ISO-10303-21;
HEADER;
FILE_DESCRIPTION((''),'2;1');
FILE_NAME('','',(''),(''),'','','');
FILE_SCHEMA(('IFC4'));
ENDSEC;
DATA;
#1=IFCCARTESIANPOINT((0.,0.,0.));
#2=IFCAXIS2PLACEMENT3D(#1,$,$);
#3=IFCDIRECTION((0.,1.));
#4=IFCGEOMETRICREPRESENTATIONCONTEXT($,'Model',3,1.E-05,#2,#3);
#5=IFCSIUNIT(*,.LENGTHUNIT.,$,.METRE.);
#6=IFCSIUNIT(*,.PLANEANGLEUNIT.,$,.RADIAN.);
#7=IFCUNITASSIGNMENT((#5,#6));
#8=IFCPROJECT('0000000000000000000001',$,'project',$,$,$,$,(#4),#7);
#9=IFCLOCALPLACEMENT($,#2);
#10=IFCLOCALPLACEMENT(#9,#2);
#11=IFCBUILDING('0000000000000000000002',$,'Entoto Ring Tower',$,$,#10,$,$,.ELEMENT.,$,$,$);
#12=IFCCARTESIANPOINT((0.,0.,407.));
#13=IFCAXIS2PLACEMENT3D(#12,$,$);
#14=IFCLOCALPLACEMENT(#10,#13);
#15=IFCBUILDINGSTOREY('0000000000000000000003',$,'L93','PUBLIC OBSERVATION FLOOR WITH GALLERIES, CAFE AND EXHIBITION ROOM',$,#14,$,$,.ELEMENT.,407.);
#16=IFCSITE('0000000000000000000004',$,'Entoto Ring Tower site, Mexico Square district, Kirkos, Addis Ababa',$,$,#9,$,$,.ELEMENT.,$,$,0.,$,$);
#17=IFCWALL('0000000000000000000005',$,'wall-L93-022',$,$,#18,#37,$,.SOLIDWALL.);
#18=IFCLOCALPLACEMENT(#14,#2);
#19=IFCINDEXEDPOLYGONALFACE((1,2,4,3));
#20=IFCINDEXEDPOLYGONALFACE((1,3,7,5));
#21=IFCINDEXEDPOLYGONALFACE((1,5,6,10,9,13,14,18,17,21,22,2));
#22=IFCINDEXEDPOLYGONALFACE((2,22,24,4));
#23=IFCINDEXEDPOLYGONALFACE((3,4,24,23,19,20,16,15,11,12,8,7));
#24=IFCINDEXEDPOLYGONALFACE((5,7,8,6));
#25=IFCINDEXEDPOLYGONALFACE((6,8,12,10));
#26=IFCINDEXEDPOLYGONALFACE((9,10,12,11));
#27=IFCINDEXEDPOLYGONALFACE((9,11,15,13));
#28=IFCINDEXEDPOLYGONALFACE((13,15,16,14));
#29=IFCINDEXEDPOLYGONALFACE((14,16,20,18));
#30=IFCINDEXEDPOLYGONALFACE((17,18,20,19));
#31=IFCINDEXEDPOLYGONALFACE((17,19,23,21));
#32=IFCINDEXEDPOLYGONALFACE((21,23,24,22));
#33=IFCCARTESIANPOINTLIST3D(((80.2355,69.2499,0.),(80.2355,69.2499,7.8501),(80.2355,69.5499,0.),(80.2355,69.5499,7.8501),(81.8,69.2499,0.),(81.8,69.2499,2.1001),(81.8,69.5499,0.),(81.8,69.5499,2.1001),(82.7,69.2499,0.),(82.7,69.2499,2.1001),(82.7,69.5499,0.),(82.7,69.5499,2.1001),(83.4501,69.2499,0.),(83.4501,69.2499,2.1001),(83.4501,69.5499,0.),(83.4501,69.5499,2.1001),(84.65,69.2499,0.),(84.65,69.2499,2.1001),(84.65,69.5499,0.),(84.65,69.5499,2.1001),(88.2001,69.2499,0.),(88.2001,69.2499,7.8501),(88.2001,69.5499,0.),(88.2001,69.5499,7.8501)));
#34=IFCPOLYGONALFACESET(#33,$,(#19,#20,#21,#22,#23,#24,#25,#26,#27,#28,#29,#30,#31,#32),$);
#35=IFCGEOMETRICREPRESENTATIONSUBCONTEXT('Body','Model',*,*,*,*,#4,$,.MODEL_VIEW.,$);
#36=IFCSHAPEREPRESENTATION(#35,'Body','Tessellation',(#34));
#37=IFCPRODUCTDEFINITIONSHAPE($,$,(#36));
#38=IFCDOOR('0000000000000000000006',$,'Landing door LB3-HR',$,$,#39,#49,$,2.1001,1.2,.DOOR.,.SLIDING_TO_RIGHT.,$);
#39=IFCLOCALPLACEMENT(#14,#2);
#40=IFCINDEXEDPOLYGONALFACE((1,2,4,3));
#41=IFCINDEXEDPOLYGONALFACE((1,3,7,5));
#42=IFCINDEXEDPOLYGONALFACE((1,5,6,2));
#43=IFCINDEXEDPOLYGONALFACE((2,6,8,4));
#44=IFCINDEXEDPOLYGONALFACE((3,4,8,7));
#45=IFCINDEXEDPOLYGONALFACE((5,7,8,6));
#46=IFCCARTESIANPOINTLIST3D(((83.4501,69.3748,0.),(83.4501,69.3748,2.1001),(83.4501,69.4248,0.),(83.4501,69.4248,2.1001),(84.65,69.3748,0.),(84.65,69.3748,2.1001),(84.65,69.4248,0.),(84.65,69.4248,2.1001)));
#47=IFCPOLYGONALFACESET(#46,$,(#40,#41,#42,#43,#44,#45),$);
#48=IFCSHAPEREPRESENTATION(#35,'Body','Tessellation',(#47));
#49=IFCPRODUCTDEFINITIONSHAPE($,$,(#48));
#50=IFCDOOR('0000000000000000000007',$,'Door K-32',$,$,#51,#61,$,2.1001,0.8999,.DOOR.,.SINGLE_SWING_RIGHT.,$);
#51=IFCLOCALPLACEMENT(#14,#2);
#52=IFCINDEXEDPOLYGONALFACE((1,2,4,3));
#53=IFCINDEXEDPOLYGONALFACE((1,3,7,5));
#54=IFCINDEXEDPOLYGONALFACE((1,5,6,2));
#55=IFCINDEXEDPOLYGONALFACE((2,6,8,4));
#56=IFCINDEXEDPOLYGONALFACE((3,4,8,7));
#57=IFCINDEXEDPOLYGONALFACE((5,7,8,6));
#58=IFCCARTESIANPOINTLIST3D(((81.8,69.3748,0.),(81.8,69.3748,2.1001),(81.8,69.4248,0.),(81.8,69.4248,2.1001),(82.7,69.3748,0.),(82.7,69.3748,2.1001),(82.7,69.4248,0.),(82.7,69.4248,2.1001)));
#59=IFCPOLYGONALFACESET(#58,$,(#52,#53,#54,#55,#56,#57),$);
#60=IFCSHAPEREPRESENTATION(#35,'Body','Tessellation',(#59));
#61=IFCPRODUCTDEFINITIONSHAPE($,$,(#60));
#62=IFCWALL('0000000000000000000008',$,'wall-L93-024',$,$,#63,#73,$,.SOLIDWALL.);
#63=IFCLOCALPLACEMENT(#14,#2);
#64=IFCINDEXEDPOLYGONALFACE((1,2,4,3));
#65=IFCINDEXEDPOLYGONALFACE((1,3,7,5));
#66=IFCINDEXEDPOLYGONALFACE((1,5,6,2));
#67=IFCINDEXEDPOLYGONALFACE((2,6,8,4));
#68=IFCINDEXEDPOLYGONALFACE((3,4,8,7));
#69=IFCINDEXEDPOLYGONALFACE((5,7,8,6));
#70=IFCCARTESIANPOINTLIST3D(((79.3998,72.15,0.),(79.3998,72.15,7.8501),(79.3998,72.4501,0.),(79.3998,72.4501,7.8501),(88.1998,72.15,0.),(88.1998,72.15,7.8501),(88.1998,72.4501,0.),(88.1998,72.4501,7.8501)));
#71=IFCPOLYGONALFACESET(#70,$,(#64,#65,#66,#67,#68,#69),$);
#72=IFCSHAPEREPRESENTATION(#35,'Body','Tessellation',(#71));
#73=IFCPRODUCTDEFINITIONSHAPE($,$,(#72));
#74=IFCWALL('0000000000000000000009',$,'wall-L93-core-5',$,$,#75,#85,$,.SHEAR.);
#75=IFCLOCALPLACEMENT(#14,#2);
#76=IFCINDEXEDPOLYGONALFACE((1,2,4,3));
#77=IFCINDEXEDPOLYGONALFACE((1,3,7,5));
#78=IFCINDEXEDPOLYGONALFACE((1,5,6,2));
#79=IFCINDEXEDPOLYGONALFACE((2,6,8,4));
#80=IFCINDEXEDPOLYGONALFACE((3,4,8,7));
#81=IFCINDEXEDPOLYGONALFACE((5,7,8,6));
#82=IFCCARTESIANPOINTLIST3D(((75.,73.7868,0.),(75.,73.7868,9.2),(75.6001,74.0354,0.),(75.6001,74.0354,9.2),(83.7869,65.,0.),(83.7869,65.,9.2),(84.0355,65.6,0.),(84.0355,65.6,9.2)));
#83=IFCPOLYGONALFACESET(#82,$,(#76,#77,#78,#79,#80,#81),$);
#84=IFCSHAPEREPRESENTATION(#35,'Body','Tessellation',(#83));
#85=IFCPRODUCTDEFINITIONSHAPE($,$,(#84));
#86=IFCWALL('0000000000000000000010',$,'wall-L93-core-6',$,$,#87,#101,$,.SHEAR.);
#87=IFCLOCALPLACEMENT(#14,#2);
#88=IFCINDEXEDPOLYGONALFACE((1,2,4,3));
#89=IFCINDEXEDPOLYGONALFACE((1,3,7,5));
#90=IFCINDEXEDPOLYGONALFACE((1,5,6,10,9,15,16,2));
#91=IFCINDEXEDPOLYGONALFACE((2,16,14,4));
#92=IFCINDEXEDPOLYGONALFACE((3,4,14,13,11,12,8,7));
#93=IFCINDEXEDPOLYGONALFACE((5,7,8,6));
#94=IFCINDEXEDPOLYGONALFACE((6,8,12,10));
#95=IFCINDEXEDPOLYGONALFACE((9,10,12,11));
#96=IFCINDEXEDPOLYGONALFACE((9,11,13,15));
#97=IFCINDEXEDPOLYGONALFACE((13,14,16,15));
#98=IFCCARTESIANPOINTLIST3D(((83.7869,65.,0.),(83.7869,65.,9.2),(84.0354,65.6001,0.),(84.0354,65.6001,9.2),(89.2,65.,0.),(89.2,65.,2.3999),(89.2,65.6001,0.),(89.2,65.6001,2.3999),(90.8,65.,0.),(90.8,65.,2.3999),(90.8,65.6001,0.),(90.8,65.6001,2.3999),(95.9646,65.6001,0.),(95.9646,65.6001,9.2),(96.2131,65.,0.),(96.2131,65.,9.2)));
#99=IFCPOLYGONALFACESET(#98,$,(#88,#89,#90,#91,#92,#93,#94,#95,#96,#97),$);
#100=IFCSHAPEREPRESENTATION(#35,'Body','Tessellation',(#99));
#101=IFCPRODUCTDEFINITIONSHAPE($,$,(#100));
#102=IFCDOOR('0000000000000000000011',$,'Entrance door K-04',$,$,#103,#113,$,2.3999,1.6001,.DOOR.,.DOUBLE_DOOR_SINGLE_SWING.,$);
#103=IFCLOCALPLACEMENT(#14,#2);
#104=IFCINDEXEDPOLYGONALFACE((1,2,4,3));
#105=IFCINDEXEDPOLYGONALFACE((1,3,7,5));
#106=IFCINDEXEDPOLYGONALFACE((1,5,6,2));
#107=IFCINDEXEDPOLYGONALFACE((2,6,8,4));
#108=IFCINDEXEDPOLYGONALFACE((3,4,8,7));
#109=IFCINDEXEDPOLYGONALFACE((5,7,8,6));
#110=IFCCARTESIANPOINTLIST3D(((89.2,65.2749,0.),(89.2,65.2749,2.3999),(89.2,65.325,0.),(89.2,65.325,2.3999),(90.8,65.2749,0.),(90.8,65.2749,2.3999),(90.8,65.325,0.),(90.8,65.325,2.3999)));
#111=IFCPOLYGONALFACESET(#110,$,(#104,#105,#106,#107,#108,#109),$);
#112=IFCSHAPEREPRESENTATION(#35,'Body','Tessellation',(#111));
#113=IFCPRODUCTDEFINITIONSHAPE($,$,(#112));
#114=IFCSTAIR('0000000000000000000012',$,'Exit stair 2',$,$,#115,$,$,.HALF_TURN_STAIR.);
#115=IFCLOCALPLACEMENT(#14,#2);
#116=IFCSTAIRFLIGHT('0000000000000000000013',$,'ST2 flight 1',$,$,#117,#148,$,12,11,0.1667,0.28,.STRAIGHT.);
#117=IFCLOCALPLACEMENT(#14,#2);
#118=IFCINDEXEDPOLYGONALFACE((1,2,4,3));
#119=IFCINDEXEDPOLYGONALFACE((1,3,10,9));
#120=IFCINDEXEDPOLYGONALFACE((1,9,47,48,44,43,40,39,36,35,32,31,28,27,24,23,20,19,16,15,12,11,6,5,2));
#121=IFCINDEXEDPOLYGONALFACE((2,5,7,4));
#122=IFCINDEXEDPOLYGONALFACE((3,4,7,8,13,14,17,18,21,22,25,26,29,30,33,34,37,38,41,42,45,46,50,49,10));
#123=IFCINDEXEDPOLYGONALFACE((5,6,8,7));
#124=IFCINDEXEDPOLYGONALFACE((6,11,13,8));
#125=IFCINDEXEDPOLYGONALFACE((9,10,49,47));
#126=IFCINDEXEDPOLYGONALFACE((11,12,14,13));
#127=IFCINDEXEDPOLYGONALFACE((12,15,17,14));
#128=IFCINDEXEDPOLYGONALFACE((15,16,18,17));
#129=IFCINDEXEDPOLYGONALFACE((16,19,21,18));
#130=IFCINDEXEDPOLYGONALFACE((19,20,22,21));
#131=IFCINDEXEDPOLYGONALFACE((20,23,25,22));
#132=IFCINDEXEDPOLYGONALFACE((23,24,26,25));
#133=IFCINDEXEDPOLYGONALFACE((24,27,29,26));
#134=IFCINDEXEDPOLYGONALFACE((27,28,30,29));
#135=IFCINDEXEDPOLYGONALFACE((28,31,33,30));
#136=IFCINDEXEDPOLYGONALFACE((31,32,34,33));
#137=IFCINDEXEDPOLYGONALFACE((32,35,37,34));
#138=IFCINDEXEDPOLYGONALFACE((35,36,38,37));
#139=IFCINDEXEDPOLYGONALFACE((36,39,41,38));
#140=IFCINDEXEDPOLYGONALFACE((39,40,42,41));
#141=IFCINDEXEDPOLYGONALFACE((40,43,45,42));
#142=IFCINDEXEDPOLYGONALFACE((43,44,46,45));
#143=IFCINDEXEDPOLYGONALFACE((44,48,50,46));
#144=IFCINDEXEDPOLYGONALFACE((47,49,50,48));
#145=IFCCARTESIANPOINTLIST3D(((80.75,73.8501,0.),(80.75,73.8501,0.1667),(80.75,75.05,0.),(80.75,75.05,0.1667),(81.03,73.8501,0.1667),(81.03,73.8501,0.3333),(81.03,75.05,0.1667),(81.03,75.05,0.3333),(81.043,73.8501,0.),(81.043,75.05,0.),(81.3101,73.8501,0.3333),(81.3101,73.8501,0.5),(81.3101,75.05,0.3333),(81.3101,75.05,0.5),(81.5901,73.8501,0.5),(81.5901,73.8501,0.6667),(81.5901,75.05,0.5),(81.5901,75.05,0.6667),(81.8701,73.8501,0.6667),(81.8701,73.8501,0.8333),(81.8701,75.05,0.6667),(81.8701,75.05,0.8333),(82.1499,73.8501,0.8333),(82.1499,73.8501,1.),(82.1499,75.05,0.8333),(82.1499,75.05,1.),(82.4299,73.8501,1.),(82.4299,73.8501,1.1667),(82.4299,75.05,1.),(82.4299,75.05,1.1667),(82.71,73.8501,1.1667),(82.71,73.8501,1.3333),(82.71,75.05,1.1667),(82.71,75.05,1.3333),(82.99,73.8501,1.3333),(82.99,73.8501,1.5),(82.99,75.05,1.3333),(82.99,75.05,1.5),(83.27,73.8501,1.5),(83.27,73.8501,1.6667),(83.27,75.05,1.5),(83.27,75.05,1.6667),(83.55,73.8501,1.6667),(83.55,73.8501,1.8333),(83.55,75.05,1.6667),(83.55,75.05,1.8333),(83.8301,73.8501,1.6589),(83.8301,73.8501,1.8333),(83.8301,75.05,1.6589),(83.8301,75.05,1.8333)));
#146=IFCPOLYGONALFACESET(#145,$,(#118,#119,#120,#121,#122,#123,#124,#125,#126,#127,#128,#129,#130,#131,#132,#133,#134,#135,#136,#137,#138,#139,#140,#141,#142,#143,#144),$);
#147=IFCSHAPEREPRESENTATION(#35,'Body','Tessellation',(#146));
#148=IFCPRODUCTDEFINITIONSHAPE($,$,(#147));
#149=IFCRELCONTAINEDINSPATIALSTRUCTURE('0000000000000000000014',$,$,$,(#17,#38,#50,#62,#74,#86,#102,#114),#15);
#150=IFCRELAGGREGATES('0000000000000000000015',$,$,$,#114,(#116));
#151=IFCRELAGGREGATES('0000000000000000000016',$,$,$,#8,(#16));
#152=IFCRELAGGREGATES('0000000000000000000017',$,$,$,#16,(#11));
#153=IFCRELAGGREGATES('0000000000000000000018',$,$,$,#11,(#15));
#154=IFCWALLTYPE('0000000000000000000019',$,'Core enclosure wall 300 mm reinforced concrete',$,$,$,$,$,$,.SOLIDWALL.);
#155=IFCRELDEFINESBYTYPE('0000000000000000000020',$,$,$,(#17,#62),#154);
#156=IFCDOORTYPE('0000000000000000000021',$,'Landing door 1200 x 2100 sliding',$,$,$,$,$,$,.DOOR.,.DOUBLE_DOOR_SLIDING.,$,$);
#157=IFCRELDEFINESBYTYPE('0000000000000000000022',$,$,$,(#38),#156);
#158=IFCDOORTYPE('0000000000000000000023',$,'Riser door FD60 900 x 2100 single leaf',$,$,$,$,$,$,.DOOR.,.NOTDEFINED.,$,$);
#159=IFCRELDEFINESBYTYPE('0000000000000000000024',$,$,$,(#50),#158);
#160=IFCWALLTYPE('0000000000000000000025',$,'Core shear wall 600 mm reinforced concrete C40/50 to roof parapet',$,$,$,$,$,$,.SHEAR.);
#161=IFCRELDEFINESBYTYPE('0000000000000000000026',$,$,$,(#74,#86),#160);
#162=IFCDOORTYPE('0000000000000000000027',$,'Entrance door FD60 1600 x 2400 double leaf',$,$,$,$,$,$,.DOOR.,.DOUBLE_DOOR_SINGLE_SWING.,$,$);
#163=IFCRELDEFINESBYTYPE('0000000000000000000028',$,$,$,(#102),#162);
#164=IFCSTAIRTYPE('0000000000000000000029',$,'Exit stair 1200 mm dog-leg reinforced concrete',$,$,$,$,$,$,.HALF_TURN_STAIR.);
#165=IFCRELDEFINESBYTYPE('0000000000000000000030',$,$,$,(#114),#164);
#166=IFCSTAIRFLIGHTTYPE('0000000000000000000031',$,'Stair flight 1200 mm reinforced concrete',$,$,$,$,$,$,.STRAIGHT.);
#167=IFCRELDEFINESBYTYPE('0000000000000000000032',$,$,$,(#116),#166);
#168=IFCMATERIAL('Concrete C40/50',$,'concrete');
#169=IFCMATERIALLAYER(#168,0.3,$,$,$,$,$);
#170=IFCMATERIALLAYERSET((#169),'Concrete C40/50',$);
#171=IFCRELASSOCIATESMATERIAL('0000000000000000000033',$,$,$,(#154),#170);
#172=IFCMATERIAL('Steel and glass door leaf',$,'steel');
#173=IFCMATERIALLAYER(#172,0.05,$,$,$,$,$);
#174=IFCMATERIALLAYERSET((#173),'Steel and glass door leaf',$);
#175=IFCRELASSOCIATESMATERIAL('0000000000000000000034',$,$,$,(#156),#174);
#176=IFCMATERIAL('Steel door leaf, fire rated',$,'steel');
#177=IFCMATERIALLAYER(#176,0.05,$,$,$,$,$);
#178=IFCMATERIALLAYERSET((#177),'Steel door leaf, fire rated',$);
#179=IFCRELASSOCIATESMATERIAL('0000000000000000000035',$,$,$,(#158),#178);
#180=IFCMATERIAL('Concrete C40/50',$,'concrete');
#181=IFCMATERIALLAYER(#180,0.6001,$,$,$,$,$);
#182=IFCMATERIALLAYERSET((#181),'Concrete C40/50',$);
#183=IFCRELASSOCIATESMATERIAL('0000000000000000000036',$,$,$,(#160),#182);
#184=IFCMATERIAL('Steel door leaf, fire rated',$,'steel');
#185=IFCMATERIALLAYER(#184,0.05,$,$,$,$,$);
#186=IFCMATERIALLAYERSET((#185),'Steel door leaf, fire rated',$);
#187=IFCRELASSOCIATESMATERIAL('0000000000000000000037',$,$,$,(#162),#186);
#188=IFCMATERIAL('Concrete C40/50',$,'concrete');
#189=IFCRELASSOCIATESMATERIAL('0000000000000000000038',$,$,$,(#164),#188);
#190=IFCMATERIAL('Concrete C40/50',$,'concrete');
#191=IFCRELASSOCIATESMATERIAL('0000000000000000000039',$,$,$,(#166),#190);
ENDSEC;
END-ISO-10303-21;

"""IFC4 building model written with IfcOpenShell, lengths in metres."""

from ifc_helpers import new_model, si_unit, direction, frame, frame_2d, origin, place, context, subcontext, project, spatial, polyline, rectangle, outline, extrude, material, layer, layer_set, type_object, element, fill, aggregate, save


model = new_model("IFC4")

# Units and contexts
model_context = context("Model", 3, precision=1e-05, world=origin(), true_north=direction((0.0, 1.0)))
body_context = subcontext(model_context, "Body", "Model", "MODEL_VIEW")
ifc_project = project(units=[si_unit("LENGTHUNIT", "METRE"), si_unit("PLANEANGLEUNIT", "RADIAN")], contexts=[model_context])

# Site, building, storey
site_placement = place(None, origin())
site = spatial("IfcSite", under=ifc_project, at=site_placement, Name="Entoto Ring Tower site, Mexico Square district, Kirkos, Addis Ababa", CompositionType="ELEMENT", RefElevation=0.0)
building_placement = place(site_placement, origin())
building = spatial("IfcBuilding", under=site, at=building_placement, Name="Entoto Ring Tower", CompositionType="ELEMENT")
storey_placement = place(building_placement, frame((0.0, 0.0, 407.0)))
storey = spatial("IfcBuildingStorey", under=building, at=storey_placement, Name="L93", Description="PUBLIC OBSERVATION FLOOR WITH GALLERIES, CAFE AND EXHIBITION ROOM", CompositionType="ELEMENT", Elevation=407.0)

# Shared definitions
ifc_material_1 = material(Name="Concrete C40/50", Category="concrete")
ifc_layer_1 = layer(ifc_material_1, 0.3)
ifc_layer_set_1 = layer_set([ifc_layer_1], Name="Concrete C40/50")
wall_type_1 = type_object("IfcWallType", Name="Core enclosure wall 300 mm reinforced concrete", PredefinedType="SOLIDWALL", material=ifc_layer_set_1)

# Wall, openings, doors
wall_1_placement = place(storey_placement, frame((80.2354, 69.3999, 0.0), z_axis=(0.0, 0.0, 1.0), x_axis=(1.0, 0.0, 0.0)))
wall_1 = element("IfcWall", 1, at=wall_1_placement, inside=storey, type_object=wall_type_1, Name="wall-L93-022", PredefinedType="SOLIDWALL", context=body_context, shape_type="SweptSolid", body=[
    extrude(rectangle(XDim=7.9646, YDim=0.3, at=frame_2d((3.9824, 0.0))), origin(), (0.0, 0.0, 1.0), 7.8501),
])
opening_1_placement = place(wall_1_placement, frame((3.2146, 0.0, 0.0)))
opening_1 = element("IfcOpeningElement", 2, at=opening_1_placement, cuts=wall_1, PredefinedType="OPENING", context=body_context, shape_type="SweptSolid", body=[
    extrude(rectangle(XDim=1.2, YDim=2.1001, at=frame_2d((0.6001, 1.05))), frame((0.0, 0.1602, 0.0), z_axis=(0.0, -1.0, 0.0), x_axis=(1.0, 0.0, 0.0)), (0.0, 0.0, 1.0), 0.3201),
])
opening_2_placement = place(wall_1_placement, frame((1.5647, 0.0, 0.0)))
opening_2 = element("IfcOpeningElement", 3, at=opening_2_placement, cuts=wall_1, PredefinedType="OPENING", context=body_context, shape_type="SweptSolid", body=[
    extrude(rectangle(XDim=0.8999, YDim=2.1001, at=frame_2d((0.45, 1.05))), frame((0.0, 0.1602, 0.0), z_axis=(0.0, -1.0, 0.0), x_axis=(1.0, 0.0, 0.0)), (0.0, 0.0, 1.0), 0.3201),
])
ifc_material_2 = material(Name="Steel and glass door leaf", Category="steel")
ifc_layer_2 = layer(ifc_material_2, 0.05)
ifc_layer_set_2 = layer_set([ifc_layer_2], Name="Steel and glass door leaf")
door_type_1 = type_object("IfcDoorType", Name="Landing door 1200 x 2100 sliding", OperationType="DOUBLE_DOOR_SLIDING", PredefinedType="DOOR", material=ifc_layer_set_2)
door_1_placement = place(opening_1_placement, origin())
door_1 = element("IfcDoor", 4, at=door_1_placement, inside=storey, type_object=door_type_1, Name="Landing door LB3-HR", OperationType="SLIDING_TO_RIGHT", OverallHeight=2.1001, OverallWidth=1.2, PredefinedType="DOOR", context=body_context, shape_type="SweptSolid", body=[
    extrude(rectangle(XDim=1.2, YDim=2.1001, at=frame_2d((0.6001, 1.05))), frame((0.0, 0.0249, 0.0), z_axis=(0.0, -1.0, 0.0), x_axis=(1.0, 0.0, 0.0)), (0.0, 0.0, 1.0), 0.05),
])
fill(opening_1, door_1)
ifc_material_3 = material(Name="Steel door leaf, fire rated", Category="steel")
ifc_layer_3 = layer(ifc_material_3, 0.05)
ifc_layer_set_3 = layer_set([ifc_layer_3], Name="Steel door leaf, fire rated")
door_type_2 = type_object("IfcDoorType", Name="Riser door FD60 900 x 2100 single leaf", OperationType="NOTDEFINED", PredefinedType="DOOR", material=ifc_layer_set_3)
door_2_placement = place(opening_2_placement, origin())
door_2 = element("IfcDoor", 5, at=door_2_placement, inside=storey, type_object=door_type_2, Name="Door K-32", OperationType="SINGLE_SWING_RIGHT", OverallHeight=2.1001, OverallWidth=0.8999, PredefinedType="DOOR", context=body_context, shape_type="SweptSolid", body=[
    extrude(rectangle(XDim=0.8999, YDim=2.1001, at=frame_2d((0.45, 1.05))), frame((0.0, 0.0249, 0.0), z_axis=(0.0, -1.0, 0.0), x_axis=(1.0, 0.0, 0.0)), (0.0, 0.0, 1.0), 0.05),
])
fill(opening_2, door_2)

# Walls
wall_2_placement = place(storey_placement, frame((79.3999, 72.3, 0.0), z_axis=(0.0, 0.0, 1.0), x_axis=(1.0, 0.0, 0.0)))
element("IfcWall", 6, at=wall_2_placement, inside=storey, type_object=wall_type_1, Name="wall-L93-024", PredefinedType="SOLIDWALL", context=body_context, shape_type="SweptSolid", body=[
    extrude(rectangle(XDim=8.8, YDim=0.3, at=frame_2d((4.3999, 0.0))), origin(), (0.0, 0.0, 1.0), 7.8501),
])
ifc_material_4 = material(Name="Concrete C40/50", Category="concrete")
ifc_layer_4 = layer(ifc_material_4, 0.6001)
ifc_layer_set_4 = layer_set([ifc_layer_4], Name="Concrete C40/50")
wall_type_2 = type_object("IfcWallType", Name="Core shear wall 600 mm reinforced concrete C40/50 to roof parapet", PredefinedType="SHEAR", material=ifc_layer_set_4)
wall_3_placement = place(storey_placement, frame((75.3, 73.9111, 0.0), z_axis=(0.0, 0.0, 1.0), x_axis=(0.707107, -0.707107, 0.0)))
element("IfcWall", 7, at=wall_3_placement, inside=storey, type_object=wall_type_2, Name="wall-L93-core-5", PredefinedType="SHEAR", context=body_context, shape_type="SweptSolid", body=[
    extrude(outline(polyline([(-0.1243, -0.3), (12.3022, -0.3), (12.0537, 0.3), (0.1243, 0.3), (-0.1243, -0.3)])), origin(), (0.0, 0.0, 1.0), 9.2),
])

# Wall, opening, door
wall_4_placement = place(storey_placement, frame((83.9111, 65.3, 0.0), z_axis=(0.0, 0.0, 1.0), x_axis=(1.0, 0.0, 0.0)))
wall_4 = element("IfcWall", 8, at=wall_4_placement, inside=storey, type_object=wall_type_2, Name="wall-L93-core-6", PredefinedType="SHEAR", context=body_context, shape_type="SweptSolid", body=[
    extrude(outline(polyline([(-0.1243, -0.3), (12.302, -0.3), (12.0535, 0.3), (0.1243, 0.3), (-0.1243, -0.3)])), origin(), (0.0, 0.0, 1.0), 9.2),
])
opening_3_placement = place(wall_4_placement, frame((5.2888, 0.0, 0.0)))
opening_3 = element("IfcOpeningElement", 9, at=opening_3_placement, cuts=wall_4, PredefinedType="OPENING", context=body_context, shape_type="SweptSolid", body=[
    extrude(rectangle(XDim=1.6001, YDim=2.3999, at=frame_2d((0.8, 1.2))), frame((0.0, 0.3101, 0.0), z_axis=(0.0, -1.0, 0.0), x_axis=(1.0, 0.0, 0.0)), (0.0, 0.0, 1.0), 0.6201),
])
ifc_material_5 = material(Name="Steel door leaf, fire rated", Category="steel")
ifc_layer_5 = layer(ifc_material_5, 0.05)
ifc_layer_set_5 = layer_set([ifc_layer_5], Name="Steel door leaf, fire rated")
door_type_3 = type_object("IfcDoorType", Name="Entrance door FD60 1600 x 2400 double leaf", OperationType="DOUBLE_DOOR_SINGLE_SWING", PredefinedType="DOOR", material=ifc_layer_set_5)
door_3_placement = place(opening_3_placement, origin())
door_3 = element("IfcDoor", 10, at=door_3_placement, inside=storey, type_object=door_type_3, Name="Entrance door K-04", OperationType="DOUBLE_DOOR_SINGLE_SWING", OverallHeight=2.3999, OverallWidth=1.6001, PredefinedType="DOOR", context=body_context, shape_type="SweptSolid", body=[
    extrude(rectangle(XDim=1.6001, YDim=2.3999, at=frame_2d((0.8, 1.2))), frame((0.0, 0.0249, 0.0), z_axis=(0.0, -1.0, 0.0), x_axis=(1.0, 0.0, 0.0)), (0.0, 0.0, 1.0), 0.05),
])
fill(opening_3, door_3)

# Stair, stair flight
ifc_material_6 = material(Name="Concrete C40/50", Category="concrete")
stair_type = type_object("IfcStairType", Name="Exit stair 1200 mm dog-leg reinforced concrete", PredefinedType="HALF_TURN_STAIR", material=ifc_material_6)
stair_placement = place(storey_placement, origin())
stair = element("IfcStair", 11, at=stair_placement, inside=storey, type_object=stair_type, Name="Exit stair 2", PredefinedType="HALF_TURN_STAIR")
ifc_material_7 = material(Name="Concrete C40/50", Category="concrete")
stair_flight_type = type_object("IfcStairFlightType", Name="Stair flight 1200 mm reinforced concrete", PredefinedType="STRAIGHT", material=ifc_material_7)
stair_flight_1_placement = place(storey_placement, frame((80.75, 74.45, 0.0), z_axis=(0.0, 0.0, 1.0), x_axis=(1.0, 0.0, 0.0)))
stair_flight_1 = element("IfcStairFlight", 12, at=stair_flight_1_placement, type_object=stair_flight_type, Name="ST2 flight 1", NumberOfRisers=12, NumberOfTreads=11, PredefinedType="STRAIGHT", RiserHeight=0.1667, TreadLength=0.28, context=body_context, shape_type="SweptSolid", body=[
    extrude(outline(polyline([(0.0, 0.0), (0.0, 0.1667), (0.28, 0.1667), (0.28, 0.3333), (0.5601, 0.3333), (0.5601, 0.5), (0.8401, 0.5), (0.8401, 0.6667), (1.1201, 0.6667), (1.1201, 0.8333), (1.3999, 0.8333), (1.3999, 1.0), (1.6799, 1.0), (1.6799, 1.1667), (1.96, 1.1667), (1.96, 1.3333), (2.24, 1.3333), (2.24, 1.5), (2.52, 1.5), (2.52, 1.6667), (2.8, 1.6667), (2.8, 1.8333), (3.0801, 1.8333), (3.0801, 2.0), (3.0801, 1.6589), (0.293, 0.0), (0.0, 0.0)])), frame((0.0, 0.6001, 0.0), z_axis=(0.0, -1.0, 0.0), x_axis=(1.0, 0.0, 0.0)), (0.0, 0.0, 1.0), 1.2),
])
aggregate(stair, [stair_flight_1])

save(model, "model.ifc")
